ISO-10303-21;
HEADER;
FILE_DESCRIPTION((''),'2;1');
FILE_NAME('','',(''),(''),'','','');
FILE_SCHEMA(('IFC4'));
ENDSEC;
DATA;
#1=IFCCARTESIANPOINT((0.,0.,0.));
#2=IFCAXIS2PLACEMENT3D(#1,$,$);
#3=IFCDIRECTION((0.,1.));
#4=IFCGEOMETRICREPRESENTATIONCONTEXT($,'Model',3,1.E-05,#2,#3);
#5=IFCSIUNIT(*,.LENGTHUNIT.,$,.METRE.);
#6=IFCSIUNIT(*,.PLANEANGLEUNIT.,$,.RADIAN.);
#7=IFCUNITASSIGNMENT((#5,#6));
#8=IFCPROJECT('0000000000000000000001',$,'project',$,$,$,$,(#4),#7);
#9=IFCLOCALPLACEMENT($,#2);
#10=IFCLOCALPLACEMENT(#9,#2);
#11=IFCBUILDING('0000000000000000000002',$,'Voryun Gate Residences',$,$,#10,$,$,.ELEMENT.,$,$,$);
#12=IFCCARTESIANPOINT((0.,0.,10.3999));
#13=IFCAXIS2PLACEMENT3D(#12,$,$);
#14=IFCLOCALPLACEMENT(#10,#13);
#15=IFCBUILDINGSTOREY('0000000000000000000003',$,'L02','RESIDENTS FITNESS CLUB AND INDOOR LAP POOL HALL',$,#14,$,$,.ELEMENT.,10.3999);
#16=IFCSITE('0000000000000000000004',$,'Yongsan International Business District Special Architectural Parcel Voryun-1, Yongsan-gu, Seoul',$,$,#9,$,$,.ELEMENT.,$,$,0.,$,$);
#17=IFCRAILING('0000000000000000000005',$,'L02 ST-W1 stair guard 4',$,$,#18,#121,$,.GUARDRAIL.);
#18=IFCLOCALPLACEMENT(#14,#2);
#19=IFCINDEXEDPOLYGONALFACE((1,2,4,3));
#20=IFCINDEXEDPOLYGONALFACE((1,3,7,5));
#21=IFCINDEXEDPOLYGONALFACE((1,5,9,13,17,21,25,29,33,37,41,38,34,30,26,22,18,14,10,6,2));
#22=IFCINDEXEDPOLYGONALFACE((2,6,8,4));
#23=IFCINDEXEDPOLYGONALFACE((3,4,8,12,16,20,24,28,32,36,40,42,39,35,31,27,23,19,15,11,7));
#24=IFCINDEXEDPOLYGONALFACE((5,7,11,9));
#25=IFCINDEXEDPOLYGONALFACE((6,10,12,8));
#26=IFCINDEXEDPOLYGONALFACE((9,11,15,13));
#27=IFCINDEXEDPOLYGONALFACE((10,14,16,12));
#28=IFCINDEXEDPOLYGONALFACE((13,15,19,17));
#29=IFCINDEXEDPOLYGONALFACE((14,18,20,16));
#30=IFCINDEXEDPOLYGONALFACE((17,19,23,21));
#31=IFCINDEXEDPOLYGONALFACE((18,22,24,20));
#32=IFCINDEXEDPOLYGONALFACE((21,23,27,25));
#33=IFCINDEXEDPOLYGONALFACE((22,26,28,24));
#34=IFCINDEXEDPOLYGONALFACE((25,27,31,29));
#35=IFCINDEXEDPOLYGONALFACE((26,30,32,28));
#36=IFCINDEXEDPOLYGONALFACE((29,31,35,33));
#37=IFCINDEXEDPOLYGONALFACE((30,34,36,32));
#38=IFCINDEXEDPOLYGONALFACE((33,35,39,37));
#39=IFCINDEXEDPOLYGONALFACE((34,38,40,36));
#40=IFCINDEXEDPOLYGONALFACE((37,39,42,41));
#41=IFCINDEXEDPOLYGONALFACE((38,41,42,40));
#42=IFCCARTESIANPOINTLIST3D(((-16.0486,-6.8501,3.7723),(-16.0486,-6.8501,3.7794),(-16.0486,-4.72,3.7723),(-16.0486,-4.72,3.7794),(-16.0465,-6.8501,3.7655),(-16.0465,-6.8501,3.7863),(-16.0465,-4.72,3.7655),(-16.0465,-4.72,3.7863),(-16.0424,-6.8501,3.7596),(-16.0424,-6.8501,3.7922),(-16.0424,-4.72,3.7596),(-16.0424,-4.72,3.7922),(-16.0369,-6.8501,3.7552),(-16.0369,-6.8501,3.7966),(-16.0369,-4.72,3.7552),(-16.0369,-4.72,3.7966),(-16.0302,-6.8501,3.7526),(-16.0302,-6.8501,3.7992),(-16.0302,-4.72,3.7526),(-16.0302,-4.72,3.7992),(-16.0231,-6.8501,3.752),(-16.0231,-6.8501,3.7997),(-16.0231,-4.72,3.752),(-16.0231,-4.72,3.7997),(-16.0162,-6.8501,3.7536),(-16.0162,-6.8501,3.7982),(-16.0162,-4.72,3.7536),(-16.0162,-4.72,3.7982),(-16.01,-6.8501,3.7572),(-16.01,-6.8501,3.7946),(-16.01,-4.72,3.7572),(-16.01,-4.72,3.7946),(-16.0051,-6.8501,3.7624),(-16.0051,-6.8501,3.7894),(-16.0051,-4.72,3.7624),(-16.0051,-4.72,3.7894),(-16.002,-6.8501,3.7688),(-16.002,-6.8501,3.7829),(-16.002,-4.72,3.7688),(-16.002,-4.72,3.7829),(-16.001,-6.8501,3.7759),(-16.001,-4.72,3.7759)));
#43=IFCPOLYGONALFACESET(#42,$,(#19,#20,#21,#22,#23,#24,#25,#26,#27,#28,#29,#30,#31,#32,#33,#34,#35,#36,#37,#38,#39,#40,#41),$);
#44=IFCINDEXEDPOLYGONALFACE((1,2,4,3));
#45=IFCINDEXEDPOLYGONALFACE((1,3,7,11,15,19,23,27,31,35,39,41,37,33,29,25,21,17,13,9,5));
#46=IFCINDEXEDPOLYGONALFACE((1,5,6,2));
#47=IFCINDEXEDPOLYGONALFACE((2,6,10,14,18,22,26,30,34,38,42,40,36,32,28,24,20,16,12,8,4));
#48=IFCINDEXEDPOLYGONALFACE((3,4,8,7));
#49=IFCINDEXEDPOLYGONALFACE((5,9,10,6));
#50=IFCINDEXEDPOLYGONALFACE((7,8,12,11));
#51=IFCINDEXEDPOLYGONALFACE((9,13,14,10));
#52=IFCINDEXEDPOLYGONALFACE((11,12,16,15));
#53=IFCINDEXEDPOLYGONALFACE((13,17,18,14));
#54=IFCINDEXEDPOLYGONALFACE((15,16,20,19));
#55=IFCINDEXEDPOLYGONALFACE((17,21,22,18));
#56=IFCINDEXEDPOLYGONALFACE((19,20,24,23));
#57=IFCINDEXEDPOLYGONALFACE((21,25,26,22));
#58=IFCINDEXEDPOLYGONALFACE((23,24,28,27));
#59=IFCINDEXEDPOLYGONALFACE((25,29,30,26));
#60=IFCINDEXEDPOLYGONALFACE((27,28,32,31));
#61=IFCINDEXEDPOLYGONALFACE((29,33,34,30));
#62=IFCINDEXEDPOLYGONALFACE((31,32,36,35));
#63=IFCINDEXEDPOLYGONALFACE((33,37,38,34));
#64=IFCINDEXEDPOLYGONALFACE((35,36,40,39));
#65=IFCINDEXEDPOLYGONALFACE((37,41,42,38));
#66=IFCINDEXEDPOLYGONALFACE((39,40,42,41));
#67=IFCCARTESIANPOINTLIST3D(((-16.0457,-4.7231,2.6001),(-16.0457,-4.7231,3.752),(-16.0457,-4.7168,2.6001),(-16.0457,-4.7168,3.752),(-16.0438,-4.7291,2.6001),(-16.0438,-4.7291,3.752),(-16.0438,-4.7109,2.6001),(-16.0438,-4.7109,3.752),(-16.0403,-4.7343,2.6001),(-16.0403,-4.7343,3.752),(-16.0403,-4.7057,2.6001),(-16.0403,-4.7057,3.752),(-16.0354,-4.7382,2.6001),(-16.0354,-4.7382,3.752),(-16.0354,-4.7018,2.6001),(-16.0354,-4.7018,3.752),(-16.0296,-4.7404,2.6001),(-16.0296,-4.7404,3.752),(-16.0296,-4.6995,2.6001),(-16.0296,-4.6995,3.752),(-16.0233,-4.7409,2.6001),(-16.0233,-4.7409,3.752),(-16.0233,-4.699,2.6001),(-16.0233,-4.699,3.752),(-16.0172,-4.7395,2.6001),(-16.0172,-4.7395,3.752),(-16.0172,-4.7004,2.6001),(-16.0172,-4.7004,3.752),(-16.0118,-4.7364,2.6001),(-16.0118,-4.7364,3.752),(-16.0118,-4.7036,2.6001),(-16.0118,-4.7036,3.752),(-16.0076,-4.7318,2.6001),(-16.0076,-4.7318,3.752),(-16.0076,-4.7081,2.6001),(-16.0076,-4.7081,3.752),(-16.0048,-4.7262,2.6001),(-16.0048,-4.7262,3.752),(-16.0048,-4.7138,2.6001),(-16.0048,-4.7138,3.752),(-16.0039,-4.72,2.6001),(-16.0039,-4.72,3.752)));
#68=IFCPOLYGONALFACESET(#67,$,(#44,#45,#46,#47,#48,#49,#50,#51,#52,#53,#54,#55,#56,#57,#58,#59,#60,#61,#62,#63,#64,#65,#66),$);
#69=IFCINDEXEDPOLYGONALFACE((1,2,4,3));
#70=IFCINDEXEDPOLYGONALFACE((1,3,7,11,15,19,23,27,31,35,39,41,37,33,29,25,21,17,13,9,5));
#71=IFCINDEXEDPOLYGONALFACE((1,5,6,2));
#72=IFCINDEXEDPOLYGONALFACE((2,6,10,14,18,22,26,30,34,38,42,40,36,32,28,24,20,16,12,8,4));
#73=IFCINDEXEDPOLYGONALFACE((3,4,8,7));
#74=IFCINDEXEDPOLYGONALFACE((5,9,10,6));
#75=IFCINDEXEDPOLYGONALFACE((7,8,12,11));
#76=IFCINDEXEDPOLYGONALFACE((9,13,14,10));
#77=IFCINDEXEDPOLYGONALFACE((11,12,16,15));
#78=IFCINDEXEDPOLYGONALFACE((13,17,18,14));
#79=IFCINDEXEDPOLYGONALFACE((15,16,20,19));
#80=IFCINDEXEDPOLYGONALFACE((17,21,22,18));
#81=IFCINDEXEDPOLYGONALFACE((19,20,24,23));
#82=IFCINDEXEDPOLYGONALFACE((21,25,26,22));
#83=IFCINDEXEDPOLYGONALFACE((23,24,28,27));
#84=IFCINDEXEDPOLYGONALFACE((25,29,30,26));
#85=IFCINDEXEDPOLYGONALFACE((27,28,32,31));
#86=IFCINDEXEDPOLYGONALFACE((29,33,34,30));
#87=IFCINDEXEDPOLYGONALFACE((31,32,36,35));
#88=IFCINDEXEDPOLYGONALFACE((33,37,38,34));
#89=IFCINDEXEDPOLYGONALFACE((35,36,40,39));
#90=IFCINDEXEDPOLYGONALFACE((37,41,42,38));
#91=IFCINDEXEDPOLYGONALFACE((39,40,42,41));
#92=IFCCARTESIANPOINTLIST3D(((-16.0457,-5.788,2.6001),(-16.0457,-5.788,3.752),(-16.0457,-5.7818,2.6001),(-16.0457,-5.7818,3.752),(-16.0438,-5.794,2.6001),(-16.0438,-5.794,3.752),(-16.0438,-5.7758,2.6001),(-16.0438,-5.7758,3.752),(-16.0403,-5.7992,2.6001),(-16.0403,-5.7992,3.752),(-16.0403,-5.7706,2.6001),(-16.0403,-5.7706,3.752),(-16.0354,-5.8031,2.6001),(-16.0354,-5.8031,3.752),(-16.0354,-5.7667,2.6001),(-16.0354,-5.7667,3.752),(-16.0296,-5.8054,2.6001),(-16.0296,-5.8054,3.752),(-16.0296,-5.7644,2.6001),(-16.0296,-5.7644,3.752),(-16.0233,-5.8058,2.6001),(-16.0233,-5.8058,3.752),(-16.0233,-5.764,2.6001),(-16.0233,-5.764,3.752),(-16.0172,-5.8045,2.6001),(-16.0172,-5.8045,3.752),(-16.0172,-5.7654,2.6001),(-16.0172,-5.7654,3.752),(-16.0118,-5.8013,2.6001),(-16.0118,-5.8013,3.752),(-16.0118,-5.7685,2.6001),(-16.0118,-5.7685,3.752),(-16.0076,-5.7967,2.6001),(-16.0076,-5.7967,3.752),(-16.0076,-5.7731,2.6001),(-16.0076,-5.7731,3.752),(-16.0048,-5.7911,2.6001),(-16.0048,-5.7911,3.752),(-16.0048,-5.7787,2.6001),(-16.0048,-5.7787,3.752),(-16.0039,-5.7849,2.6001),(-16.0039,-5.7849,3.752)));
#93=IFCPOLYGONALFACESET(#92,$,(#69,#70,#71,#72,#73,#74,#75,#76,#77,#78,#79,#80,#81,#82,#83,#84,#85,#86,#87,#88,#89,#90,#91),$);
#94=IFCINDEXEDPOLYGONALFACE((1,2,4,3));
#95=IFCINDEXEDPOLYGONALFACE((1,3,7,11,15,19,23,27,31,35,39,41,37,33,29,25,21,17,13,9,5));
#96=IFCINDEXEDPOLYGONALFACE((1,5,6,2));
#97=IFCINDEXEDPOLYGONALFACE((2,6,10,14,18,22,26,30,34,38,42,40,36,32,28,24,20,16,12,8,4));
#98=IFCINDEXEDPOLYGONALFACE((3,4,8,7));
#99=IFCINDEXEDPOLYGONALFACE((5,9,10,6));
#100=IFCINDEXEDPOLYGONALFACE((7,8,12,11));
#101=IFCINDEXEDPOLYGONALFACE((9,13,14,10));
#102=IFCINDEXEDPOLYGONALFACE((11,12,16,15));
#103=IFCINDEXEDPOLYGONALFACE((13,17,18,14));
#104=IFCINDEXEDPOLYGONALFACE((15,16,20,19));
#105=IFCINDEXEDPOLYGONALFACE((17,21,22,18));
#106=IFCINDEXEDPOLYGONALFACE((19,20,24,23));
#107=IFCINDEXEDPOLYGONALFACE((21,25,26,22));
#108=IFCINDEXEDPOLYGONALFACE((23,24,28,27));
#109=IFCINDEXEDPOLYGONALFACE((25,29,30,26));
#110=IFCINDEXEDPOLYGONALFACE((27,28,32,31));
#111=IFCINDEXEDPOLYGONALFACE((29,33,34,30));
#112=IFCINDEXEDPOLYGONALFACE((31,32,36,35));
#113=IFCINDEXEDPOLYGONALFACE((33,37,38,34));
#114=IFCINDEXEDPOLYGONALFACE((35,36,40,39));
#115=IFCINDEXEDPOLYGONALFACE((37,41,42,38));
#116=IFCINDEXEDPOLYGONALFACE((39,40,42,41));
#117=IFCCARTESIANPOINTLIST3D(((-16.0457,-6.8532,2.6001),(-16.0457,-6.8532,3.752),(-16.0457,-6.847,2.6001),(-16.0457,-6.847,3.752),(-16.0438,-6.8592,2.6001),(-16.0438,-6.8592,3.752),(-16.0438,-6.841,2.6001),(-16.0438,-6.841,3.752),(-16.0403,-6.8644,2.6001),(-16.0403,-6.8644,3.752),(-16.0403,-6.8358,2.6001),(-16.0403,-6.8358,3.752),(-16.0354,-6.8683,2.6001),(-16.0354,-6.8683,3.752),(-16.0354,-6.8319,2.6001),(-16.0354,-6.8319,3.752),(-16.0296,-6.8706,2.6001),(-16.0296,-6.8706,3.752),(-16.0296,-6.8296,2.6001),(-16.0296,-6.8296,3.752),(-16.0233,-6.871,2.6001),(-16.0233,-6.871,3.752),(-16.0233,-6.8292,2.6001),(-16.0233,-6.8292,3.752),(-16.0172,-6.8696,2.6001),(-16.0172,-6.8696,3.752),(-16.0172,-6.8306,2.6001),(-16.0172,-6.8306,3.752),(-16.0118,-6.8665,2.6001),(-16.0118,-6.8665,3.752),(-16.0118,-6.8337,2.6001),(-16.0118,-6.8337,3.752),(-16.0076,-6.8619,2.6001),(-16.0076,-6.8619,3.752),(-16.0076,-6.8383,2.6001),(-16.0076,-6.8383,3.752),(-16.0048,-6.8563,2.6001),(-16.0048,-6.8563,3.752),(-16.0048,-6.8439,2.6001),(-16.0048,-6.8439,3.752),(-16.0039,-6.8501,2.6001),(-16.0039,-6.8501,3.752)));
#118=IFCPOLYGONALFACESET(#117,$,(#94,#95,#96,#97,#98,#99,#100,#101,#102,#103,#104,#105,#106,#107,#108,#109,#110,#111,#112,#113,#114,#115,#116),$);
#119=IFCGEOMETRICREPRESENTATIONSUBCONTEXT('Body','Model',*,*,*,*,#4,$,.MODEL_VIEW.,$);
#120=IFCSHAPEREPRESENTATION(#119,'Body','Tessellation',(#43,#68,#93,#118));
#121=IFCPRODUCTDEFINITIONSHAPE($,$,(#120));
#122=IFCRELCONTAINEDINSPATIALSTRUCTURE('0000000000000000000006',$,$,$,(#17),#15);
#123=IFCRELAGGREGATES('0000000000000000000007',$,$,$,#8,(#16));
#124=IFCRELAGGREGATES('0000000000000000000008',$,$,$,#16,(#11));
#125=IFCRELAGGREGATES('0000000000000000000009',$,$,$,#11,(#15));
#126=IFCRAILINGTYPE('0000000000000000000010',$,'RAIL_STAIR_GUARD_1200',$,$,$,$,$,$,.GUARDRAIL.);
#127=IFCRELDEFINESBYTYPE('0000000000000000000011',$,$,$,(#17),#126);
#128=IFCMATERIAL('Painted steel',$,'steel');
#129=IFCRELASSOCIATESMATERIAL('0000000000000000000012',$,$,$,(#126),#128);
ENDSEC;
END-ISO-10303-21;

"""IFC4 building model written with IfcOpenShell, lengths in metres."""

from ifc_helpers import new_model, si_unit, direction, frame, origin, origin_2d, place, context, subcontext, project, spatial, circle, extrude, material, type_object, element, save


model = new_model("IFC4")

# Units and contexts
model_context = context("Model", 3, precision=1e-05, world=origin(), true_north=direction((0.0, 1.0)))
body_context = subcontext(model_context, "Body", "Model", "MODEL_VIEW")
ifc_project = project(units=[si_unit("LENGTHUNIT", "METRE"), si_unit("PLANEANGLEUNIT", "RADIAN")], contexts=[model_context])

# Site, building, storey
site_placement = place(None, origin())
site = spatial("IfcSite", under=ifc_project, at=site_placement, Name="Yongsan International Business District Special Architectural Parcel Voryun-1, Yongsan-gu, Seoul", CompositionType="ELEMENT", RefElevation=0.0)
building_placement = place(site_placement, origin())
building = spatial("IfcBuilding", under=site, at=building_placement, Name="Voryun Gate Residences", CompositionType="ELEMENT")
storey_placement = place(building_placement, frame((0.0, 0.0, 10.3999)))
storey = spatial("IfcBuildingStorey", under=building, at=storey_placement, Name="L02", Description="RESIDENTS FITNESS CLUB AND INDOOR LAP POOL HALL", CompositionType="ELEMENT", Elevation=10.3999)

# Railing
ifc_material_1 = material(Name="Painted steel", Category="steel")
railing_type_1 = type_object("IfcRailingType", Name="RAIL_STAIR_GUARD_1200", PredefinedType="GUARDRAIL", material=ifc_material_1)
for number, where, name in (
    (1, (-16.0249, -4.72, 2.6001), "L02 ST-W1 stair guard 4"),
):
    element("IfcRailing", number, at=place(storey_placement, frame(where)), inside=storey, type_object=railing_type_1, Name=name, PredefinedType="GUARDRAIL", context=body_context, shape_type="SweptSolid", body=[
        extrude(circle(Radius=0.0239, at=origin_2d()), frame((0.0, 0.0, 1.1758), z_axis=(0.0, -1.0, 0.0), x_axis=(1.0, 0.0, 0.0)), (0.0, 0.0, 1.0), 2.1301),
        extrude(circle(Radius=0.021, at=origin_2d()), origin(), (0.0, 0.0, 1.0), 1.1519),
        extrude(circle(Radius=0.021, at=origin_2d()), frame((0.0, -1.0649, 0.0)), (0.0, 0.0, 1.0), 1.1519),
        extrude(circle(Radius=0.021, at=origin_2d()), frame((0.0, -2.1301, 0.0)), (0.0, 0.0, 1.0), 1.1519),
    ])

save(model, "model.ifc")
